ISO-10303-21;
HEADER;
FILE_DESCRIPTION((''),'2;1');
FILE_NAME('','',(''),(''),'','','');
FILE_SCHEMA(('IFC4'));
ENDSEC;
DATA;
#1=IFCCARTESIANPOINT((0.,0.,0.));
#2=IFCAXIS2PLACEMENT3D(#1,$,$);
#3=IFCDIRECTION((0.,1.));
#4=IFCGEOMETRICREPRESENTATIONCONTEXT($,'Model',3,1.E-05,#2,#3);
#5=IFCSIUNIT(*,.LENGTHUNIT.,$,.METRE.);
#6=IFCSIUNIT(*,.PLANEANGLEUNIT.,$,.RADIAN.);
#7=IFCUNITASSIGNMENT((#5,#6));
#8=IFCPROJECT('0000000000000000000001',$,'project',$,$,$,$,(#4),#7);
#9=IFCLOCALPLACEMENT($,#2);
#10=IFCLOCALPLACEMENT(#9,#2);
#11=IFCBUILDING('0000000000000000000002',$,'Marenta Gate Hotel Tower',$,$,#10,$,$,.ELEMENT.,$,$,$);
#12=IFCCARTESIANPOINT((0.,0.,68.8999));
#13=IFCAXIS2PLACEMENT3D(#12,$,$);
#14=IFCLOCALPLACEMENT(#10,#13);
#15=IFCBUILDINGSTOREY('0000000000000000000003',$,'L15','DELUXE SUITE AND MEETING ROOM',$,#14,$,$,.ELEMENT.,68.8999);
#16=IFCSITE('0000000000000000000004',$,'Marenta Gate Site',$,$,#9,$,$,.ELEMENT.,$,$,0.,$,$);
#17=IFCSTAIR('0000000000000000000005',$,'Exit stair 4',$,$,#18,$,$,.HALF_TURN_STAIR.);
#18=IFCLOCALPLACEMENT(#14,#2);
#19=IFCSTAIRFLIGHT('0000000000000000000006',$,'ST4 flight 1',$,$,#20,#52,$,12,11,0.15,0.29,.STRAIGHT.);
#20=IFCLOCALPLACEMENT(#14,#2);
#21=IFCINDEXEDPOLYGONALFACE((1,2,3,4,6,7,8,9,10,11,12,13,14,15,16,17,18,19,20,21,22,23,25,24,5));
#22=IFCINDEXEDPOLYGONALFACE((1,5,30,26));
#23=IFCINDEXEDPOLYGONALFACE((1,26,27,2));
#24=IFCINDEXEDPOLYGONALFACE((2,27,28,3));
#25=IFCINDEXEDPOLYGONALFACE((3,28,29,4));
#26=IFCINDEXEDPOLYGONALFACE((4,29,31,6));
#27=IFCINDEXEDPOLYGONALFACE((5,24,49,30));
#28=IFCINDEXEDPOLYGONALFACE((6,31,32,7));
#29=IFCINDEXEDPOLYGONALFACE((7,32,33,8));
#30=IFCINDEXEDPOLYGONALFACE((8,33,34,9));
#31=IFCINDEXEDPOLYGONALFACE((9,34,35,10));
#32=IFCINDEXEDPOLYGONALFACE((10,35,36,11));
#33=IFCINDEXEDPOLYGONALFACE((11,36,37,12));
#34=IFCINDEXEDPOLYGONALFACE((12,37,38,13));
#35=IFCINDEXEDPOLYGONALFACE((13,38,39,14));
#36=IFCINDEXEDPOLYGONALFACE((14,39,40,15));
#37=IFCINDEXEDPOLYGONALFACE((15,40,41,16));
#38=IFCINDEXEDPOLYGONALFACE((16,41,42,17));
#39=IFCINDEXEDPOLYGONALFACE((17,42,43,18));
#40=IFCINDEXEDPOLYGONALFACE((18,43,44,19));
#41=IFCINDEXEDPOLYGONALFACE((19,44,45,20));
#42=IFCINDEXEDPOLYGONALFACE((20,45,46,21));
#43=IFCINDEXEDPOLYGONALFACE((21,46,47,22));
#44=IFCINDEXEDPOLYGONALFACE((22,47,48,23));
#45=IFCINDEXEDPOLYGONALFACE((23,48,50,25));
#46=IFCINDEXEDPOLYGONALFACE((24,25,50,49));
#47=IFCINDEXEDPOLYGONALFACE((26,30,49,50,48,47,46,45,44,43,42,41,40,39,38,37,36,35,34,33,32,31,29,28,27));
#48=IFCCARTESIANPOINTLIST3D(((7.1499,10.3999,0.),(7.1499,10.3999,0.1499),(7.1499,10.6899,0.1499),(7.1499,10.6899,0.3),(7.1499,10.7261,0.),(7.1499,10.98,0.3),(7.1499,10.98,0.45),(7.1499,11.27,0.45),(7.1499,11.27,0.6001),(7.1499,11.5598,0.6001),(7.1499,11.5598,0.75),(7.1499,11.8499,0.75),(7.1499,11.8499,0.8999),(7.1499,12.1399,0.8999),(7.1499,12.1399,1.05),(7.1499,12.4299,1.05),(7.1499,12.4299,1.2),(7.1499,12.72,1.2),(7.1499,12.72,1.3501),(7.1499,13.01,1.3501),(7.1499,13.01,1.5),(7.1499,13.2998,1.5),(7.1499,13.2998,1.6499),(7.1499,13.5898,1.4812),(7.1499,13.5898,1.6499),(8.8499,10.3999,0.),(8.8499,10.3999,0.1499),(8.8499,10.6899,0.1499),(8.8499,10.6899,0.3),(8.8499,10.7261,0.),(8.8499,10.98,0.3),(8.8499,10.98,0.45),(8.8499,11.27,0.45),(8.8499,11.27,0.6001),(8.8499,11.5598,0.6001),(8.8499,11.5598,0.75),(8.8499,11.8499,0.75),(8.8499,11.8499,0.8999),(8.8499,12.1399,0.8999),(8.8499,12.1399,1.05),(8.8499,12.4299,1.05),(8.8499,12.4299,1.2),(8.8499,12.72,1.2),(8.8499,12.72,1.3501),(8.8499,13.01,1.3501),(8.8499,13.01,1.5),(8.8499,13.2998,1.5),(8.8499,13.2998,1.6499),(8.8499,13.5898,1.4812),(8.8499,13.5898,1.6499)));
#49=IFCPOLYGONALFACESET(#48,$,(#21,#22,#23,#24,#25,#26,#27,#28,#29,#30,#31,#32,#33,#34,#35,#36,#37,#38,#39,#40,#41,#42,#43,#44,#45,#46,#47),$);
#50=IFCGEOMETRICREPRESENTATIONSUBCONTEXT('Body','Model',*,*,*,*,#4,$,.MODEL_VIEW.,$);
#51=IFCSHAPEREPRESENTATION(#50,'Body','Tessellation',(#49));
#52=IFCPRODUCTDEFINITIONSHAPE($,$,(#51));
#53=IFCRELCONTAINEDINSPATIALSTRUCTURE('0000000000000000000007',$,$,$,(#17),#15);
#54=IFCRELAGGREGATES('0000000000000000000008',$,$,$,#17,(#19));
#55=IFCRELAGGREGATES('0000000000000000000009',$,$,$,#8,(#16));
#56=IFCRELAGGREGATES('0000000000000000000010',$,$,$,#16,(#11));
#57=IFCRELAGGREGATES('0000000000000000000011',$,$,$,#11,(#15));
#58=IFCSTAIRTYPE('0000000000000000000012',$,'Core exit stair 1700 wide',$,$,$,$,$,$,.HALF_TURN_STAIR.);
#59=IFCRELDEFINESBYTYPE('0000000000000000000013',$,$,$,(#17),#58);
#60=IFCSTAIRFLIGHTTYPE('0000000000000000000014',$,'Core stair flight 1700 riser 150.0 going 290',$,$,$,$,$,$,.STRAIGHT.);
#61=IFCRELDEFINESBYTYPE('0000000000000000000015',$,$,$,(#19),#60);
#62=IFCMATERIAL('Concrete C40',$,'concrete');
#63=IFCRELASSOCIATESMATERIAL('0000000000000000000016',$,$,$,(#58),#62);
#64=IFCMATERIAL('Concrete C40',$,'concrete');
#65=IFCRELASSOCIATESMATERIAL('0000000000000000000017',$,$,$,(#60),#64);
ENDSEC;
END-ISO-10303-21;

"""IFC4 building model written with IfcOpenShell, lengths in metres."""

from ifc_helpers import new_model, si_unit, direction, frame, origin, place, context, subcontext, project, spatial, polyline, outline, extrude, material, type_object, element, aggregate, save


model = new_model("IFC4")

# Units and contexts
model_context = context("Model", 3, precision=1e-05, world=origin(), true_north=direction((0.0, 1.0)))
body_context = subcontext(model_context, "Body", "Model", "MODEL_VIEW")
ifc_project = project(units=[si_unit("LENGTHUNIT", "METRE"), si_unit("PLANEANGLEUNIT", "RADIAN")], contexts=[model_context])

# Site, building, storey
site_placement = place(None, origin())
site = spatial("IfcSite", under=ifc_project, at=site_placement, Name="Marenta Gate Site", CompositionType="ELEMENT", RefElevation=0.0)
building_placement = place(site_placement, origin())
building = spatial("IfcBuilding", under=site, at=building_placement, Name="Marenta Gate Hotel Tower", CompositionType="ELEMENT")
storey_placement = place(building_placement, frame((0.0, 0.0, 68.8999)))
storey = spatial("IfcBuildingStorey", under=building, at=storey_placement, Name="L15", Description="DELUXE SUITE AND MEETING ROOM", CompositionType="ELEMENT", Elevation=68.8999)

# Shared definitions
ifc_material_1 = material(Name="Concrete C40", Category="concrete")
stair_type = type_object("IfcStairType", Name="Core exit stair 1700 wide", PredefinedType="HALF_TURN_STAIR", material=ifc_material_1)
ifc_material_2 = material(Name="Concrete C40", Category="concrete")
stair_flight_type = type_object("IfcStairFlightType", Name="Core stair flight 1700 riser 150.0 going 290", PredefinedType="STRAIGHT", material=ifc_material_2)

# Stair, stair flight
stair_1_placement = place(storey_placement, origin())
stair_1 = element("IfcStair", 1, at=stair_1_placement, inside=storey, type_object=stair_type, Name="Exit stair 4", PredefinedType="HALF_TURN_STAIR")
stair_flight_1_placement = place(storey_placement, frame((8.0, 10.3999, 0.0), z_axis=(0.0, 0.0, 1.0), x_axis=(0.0, 1.0, 0.0)))
stair_flight_1 = element("IfcStairFlight", 2, at=stair_flight_1_placement, type_object=stair_flight_type, Name="ST4 flight 1", NumberOfRisers=12, NumberOfTreads=11, PredefinedType="STRAIGHT", RiserHeight=0.15, TreadLength=0.29, context=body_context, shape_type="SweptSolid", body=[
    extrude(outline(polyline([(0.0, 0.0), (0.0, 0.1499), (0.29, 0.1499), (0.29, 0.3), (0.5801, 0.3), (0.5801, 0.45), (0.8701, 0.45), (0.8701, 0.6001), (1.1599, 0.6001), (1.1599, 0.75), (1.45, 0.75), (1.45, 0.8999), (1.74, 0.8999), (1.74, 1.05), (2.03, 1.05), (2.03, 1.2), (2.3201, 1.2), (2.3201, 1.3501), (2.6101, 1.3501), (2.6101, 1.5), (2.8999, 1.5), (2.8999, 1.6499), (3.1899, 1.6499), (3.1899, 1.8), (3.1899, 1.4812), (0.3262, 0.0), (0.0, 0.0)])), frame((0.0, 0.8501, 0.0), z_axis=(0.0, -1.0, 0.0), x_axis=(1.0, 0.0, 0.0)), (0.0, 0.0, 1.0), 1.7),
])
aggregate(stair_1, [stair_flight_1])

save(model, "model.ifc")
